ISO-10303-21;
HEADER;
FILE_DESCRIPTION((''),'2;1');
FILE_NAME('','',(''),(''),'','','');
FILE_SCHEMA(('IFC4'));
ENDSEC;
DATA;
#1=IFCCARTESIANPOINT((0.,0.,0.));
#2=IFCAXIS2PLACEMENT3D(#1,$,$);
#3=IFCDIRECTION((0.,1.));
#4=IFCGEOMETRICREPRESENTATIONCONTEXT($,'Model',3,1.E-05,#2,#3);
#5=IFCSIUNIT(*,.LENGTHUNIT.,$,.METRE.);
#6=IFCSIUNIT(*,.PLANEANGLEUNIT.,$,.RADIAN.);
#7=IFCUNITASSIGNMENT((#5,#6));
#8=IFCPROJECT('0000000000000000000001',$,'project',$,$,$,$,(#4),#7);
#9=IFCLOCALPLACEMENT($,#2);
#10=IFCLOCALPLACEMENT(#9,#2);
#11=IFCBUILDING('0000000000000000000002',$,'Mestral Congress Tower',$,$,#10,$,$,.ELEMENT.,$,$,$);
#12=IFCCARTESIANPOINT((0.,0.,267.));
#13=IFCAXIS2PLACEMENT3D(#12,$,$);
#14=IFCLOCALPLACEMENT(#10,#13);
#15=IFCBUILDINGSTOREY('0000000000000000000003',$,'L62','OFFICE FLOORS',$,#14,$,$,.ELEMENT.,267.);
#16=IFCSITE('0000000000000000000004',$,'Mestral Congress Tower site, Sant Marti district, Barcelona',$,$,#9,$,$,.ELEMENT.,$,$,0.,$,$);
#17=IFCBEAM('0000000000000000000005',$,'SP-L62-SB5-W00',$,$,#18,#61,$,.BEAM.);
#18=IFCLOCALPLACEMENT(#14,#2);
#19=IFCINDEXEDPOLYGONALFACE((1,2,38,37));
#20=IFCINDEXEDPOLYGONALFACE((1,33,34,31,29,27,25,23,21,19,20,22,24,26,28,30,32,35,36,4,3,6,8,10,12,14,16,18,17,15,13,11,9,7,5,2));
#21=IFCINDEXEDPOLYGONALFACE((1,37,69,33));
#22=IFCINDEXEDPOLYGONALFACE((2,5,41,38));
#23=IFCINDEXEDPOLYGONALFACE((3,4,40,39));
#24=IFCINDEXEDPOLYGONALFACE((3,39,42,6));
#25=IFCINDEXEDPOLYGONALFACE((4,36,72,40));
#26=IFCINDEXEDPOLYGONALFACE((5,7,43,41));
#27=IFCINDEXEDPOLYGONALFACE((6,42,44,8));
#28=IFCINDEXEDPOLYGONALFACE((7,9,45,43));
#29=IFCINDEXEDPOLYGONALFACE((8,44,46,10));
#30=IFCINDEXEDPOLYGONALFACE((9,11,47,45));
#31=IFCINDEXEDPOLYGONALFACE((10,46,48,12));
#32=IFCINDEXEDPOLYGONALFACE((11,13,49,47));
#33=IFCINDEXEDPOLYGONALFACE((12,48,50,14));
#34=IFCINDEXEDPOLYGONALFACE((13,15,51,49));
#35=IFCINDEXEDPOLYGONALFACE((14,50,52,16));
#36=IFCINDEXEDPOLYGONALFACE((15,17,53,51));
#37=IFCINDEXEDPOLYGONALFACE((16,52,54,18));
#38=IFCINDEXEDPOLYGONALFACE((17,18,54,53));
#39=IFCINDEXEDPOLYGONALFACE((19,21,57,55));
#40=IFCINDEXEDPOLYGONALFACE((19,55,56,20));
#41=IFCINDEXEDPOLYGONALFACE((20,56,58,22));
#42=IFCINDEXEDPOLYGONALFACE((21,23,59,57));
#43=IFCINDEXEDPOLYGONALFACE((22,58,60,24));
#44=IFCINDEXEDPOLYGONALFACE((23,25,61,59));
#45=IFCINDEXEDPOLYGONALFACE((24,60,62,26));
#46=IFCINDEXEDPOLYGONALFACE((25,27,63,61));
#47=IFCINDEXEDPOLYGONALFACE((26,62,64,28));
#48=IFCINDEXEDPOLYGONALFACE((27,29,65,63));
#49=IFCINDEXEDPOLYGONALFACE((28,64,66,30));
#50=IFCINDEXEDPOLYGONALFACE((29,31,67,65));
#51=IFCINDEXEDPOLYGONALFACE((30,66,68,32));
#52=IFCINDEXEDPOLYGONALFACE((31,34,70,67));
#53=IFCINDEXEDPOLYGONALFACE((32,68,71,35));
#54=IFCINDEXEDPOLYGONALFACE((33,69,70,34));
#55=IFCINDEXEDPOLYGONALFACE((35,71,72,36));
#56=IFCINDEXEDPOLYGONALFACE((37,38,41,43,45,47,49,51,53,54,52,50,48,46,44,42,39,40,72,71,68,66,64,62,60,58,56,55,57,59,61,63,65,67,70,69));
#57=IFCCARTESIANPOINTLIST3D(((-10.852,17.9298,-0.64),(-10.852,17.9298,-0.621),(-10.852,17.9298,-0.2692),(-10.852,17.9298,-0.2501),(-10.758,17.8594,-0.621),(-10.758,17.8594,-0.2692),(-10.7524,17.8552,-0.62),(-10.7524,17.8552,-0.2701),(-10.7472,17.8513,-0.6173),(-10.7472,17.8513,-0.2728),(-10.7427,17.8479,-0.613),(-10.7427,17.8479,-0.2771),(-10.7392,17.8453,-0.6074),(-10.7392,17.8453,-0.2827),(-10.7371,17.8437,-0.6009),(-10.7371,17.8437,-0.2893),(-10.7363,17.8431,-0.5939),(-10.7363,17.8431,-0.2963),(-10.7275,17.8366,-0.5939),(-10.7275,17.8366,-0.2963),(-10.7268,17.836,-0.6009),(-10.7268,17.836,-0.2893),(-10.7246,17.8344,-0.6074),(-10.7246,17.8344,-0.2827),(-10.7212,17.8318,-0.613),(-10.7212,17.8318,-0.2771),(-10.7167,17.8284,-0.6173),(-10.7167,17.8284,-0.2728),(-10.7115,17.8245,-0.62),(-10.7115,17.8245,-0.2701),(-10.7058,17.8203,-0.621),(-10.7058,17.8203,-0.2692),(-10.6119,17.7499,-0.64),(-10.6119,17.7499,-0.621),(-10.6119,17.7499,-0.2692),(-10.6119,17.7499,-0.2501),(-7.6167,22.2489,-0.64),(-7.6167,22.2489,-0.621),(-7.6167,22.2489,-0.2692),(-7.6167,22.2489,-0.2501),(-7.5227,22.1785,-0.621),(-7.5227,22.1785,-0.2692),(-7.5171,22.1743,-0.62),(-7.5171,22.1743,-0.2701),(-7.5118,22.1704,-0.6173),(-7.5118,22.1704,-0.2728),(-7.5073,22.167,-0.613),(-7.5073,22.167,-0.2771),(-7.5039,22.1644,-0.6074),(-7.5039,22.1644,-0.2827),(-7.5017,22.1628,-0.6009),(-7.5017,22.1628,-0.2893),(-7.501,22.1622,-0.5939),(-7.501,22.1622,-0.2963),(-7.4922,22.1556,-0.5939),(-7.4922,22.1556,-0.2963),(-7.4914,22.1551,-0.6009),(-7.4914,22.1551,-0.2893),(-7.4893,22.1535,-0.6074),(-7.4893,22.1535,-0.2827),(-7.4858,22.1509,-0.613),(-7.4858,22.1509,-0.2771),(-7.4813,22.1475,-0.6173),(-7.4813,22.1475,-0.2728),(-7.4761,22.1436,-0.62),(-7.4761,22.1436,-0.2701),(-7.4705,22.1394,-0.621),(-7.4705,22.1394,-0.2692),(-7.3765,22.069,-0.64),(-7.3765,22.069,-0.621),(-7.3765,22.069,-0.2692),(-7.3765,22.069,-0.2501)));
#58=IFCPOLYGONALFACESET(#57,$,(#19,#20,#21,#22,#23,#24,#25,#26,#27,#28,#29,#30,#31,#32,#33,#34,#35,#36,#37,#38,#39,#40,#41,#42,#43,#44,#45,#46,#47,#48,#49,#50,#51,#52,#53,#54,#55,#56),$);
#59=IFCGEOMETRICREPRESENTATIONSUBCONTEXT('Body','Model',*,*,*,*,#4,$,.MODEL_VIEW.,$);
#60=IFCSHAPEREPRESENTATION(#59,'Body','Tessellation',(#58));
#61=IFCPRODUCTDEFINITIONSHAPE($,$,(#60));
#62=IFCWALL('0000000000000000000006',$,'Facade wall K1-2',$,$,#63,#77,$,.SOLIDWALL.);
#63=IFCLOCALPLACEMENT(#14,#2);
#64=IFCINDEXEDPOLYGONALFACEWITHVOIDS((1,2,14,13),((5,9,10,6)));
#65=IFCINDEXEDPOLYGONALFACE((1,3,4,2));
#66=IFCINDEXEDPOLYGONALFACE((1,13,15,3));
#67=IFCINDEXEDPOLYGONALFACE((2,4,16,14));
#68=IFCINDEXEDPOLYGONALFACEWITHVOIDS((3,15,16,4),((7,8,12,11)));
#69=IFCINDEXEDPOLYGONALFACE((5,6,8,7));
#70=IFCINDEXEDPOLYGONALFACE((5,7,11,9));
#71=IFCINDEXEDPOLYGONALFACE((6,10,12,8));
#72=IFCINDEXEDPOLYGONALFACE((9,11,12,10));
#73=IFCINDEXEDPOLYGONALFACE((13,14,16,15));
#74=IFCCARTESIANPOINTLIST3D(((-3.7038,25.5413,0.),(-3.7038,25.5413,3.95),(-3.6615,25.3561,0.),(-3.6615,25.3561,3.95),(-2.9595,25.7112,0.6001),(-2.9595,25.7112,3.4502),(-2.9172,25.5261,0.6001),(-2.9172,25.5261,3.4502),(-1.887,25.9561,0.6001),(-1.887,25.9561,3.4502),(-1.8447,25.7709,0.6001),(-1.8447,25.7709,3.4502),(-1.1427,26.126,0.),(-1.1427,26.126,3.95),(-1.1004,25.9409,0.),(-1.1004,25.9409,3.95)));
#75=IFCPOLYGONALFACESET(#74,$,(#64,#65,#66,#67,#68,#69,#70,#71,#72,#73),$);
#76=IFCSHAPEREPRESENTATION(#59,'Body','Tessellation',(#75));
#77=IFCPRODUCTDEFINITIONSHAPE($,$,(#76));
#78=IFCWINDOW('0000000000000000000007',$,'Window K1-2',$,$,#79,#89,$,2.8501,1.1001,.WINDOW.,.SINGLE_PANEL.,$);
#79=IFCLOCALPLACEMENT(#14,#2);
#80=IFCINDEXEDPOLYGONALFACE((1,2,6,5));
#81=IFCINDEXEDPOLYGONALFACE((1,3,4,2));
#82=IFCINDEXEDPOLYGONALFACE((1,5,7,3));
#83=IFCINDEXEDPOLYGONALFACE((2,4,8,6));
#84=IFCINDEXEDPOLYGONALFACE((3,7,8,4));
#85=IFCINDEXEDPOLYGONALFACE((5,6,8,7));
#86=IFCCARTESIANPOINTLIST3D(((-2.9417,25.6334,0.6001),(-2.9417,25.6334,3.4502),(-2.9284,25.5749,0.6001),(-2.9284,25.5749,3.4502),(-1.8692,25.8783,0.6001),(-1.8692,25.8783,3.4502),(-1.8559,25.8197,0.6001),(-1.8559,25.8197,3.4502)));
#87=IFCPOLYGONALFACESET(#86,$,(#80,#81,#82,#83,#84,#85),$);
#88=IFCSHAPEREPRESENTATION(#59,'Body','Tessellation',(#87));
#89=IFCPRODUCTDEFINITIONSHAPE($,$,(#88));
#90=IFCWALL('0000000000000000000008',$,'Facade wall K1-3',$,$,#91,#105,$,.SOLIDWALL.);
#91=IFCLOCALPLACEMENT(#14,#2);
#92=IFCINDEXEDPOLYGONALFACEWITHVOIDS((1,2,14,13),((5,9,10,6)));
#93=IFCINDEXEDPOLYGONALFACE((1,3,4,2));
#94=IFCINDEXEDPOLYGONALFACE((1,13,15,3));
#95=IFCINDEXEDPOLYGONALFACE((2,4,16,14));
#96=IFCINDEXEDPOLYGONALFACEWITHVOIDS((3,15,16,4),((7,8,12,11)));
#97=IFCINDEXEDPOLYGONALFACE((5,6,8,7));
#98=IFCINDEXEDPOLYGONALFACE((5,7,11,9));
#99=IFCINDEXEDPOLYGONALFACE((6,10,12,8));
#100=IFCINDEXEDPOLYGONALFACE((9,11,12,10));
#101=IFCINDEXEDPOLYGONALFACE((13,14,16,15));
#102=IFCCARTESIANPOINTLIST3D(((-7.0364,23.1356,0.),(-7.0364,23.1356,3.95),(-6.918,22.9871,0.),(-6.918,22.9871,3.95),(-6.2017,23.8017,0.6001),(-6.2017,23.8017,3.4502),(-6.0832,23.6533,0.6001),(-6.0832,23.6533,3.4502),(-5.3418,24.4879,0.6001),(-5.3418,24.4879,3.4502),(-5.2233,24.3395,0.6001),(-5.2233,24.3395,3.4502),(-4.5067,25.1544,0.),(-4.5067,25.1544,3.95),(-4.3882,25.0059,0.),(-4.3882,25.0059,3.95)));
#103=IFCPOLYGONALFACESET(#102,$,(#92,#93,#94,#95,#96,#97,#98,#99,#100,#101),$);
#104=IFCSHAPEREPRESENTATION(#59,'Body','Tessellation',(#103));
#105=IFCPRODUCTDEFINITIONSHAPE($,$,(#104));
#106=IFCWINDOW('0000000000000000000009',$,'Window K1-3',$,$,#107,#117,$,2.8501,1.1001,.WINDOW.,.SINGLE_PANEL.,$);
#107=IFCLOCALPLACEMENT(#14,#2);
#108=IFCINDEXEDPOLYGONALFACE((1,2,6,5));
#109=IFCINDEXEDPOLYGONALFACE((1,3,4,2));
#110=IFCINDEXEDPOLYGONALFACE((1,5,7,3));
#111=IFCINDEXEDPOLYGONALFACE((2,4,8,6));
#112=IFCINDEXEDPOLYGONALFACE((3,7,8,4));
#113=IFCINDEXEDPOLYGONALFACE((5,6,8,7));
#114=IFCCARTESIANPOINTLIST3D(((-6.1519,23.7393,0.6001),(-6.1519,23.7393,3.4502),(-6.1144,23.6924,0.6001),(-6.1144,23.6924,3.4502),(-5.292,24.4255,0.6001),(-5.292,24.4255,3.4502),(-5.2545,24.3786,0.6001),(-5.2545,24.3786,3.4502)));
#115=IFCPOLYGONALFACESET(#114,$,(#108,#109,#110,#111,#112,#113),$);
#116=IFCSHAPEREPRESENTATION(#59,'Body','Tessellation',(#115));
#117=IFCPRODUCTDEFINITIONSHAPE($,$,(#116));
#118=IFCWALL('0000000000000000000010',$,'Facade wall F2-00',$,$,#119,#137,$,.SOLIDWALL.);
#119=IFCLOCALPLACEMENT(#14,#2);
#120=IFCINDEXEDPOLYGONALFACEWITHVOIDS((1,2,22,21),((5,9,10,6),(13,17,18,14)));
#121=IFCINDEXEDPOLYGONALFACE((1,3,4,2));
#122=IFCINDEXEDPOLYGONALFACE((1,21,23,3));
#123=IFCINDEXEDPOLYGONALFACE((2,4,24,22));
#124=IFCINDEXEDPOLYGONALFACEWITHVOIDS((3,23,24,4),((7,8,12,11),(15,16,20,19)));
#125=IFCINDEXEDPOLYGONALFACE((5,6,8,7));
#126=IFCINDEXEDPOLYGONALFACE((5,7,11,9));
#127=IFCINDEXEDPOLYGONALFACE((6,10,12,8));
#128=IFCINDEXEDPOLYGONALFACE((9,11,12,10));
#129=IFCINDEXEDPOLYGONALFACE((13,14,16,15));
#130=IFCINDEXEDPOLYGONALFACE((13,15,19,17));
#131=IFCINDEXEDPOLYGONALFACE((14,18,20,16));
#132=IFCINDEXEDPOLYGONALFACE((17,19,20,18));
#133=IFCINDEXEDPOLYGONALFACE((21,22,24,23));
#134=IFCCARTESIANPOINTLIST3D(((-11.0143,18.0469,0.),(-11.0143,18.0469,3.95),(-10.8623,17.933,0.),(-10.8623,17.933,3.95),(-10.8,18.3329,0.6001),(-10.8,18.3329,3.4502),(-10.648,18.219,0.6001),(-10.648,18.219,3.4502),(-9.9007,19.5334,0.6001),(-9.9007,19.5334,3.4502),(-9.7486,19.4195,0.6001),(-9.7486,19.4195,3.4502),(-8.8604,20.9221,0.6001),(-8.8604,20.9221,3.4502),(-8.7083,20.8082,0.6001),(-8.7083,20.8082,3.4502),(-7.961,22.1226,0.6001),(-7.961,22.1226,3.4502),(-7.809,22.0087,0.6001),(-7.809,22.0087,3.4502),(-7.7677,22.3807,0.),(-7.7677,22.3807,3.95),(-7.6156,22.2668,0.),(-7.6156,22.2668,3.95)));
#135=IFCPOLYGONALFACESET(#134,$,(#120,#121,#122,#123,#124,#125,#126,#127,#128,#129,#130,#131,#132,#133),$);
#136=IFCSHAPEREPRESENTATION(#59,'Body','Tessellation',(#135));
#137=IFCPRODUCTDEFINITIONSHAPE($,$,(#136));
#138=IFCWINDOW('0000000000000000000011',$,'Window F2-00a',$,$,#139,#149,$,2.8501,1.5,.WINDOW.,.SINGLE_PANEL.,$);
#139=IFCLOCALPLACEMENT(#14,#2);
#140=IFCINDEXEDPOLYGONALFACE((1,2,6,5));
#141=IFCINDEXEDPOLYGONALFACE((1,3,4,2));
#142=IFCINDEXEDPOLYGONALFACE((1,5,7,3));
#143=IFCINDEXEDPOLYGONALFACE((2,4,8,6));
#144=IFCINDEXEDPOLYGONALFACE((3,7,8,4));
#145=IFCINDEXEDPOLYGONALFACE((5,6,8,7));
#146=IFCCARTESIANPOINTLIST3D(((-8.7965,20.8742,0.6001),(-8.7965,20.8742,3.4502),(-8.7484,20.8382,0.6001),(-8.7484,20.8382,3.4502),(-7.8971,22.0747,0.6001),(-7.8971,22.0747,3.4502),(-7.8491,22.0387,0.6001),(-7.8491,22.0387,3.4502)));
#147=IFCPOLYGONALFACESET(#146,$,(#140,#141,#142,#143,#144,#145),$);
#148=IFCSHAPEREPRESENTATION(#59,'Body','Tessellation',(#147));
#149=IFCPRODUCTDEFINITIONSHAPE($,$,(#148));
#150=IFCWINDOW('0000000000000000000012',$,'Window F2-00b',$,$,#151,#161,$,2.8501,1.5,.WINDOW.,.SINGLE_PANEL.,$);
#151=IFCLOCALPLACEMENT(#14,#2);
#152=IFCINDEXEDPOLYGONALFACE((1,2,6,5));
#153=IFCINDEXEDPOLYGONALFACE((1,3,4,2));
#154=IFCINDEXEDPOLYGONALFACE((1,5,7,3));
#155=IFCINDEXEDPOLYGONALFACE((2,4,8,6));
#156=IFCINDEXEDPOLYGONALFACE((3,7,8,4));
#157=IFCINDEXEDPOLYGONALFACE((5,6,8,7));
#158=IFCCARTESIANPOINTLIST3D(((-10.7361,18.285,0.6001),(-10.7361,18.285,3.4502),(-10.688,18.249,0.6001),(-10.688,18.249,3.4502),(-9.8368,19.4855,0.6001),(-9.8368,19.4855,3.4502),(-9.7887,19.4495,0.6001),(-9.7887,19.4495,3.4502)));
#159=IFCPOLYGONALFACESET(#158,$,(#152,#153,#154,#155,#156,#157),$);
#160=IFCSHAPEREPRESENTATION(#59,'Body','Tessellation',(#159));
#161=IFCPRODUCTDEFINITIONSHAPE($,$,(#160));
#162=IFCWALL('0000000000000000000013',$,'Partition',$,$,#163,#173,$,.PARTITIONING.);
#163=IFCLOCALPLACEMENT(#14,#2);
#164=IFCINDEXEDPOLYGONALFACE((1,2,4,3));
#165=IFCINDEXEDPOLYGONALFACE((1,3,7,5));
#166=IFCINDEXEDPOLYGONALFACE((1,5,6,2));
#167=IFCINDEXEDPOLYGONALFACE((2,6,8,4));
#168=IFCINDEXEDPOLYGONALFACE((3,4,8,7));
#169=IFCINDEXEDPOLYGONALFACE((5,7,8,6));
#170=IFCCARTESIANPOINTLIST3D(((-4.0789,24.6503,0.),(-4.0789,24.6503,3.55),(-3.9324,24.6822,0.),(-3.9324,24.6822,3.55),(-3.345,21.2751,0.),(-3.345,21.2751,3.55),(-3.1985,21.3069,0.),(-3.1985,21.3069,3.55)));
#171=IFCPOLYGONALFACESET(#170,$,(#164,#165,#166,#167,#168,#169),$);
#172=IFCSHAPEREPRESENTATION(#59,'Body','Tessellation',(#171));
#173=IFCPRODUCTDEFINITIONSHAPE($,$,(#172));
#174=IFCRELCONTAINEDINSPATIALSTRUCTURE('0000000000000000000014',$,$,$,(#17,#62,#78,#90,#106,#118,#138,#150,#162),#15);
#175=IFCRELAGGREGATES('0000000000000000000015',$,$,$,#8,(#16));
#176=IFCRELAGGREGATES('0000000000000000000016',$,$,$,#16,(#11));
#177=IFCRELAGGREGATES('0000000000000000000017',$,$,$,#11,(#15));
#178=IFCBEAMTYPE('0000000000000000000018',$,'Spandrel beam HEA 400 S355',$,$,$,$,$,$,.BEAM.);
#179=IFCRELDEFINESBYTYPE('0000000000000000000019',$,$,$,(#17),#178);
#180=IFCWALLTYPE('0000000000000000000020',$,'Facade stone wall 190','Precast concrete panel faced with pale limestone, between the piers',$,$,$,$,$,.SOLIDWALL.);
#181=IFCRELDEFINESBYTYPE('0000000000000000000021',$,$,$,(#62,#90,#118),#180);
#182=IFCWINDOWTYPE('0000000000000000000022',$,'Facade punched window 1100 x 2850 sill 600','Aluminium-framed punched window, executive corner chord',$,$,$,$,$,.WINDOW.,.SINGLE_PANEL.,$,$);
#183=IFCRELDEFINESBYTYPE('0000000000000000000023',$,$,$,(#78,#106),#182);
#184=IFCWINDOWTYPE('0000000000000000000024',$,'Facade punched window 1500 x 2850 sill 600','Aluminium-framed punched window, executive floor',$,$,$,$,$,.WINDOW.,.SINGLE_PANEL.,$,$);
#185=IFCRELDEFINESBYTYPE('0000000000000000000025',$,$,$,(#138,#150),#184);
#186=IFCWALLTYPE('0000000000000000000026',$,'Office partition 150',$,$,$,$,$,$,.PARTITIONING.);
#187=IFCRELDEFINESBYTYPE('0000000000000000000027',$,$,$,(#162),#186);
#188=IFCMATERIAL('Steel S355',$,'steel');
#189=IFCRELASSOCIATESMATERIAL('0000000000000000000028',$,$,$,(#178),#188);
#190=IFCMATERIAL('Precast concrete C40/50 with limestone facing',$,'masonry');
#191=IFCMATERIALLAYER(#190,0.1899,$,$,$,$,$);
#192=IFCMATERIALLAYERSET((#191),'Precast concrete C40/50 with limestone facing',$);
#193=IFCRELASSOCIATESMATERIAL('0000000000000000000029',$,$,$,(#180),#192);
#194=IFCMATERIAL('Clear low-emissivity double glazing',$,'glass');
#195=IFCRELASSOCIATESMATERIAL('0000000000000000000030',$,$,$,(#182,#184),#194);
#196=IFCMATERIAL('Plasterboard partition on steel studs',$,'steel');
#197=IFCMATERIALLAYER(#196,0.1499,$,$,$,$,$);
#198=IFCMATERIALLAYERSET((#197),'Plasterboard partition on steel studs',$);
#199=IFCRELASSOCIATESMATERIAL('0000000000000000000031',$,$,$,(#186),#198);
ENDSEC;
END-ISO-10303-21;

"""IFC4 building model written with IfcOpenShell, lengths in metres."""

from ifc_helpers import new_model, si_unit, direction, frame, frame_2d, origin, origin_2d, place, context, subcontext, project, spatial, rectangle, i_section, extrude, material, layer, layer_set, material_profile, profile_set, type_object, element, fill, save


model = new_model("IFC4")

# Units and contexts
model_context = context("Model", 3, precision=1e-05, world=origin(), true_north=direction((0.0, 1.0)))
body_context = subcontext(model_context, "Body", "Model", "MODEL_VIEW")
ifc_project = project(units=[si_unit("LENGTHUNIT", "METRE"), si_unit("PLANEANGLEUNIT", "RADIAN")], contexts=[model_context])

# Site, building, storey
site_placement = place(None, origin())
site = spatial("IfcSite", under=ifc_project, at=site_placement, Name="Mestral Congress Tower site, Sant Marti district, Barcelona", CompositionType="ELEMENT", RefElevation=0.0)
building_placement = place(site_placement, origin())
building = spatial("IfcBuilding", under=site, at=building_placement, Name="Mestral Congress Tower", CompositionType="ELEMENT")
storey_placement = place(building_placement, frame((0.0, 0.0, 267.0)))
storey = spatial("IfcBuildingStorey", under=building, at=storey_placement, Name="L62", Description="OFFICE FLOORS", CompositionType="ELEMENT", Elevation=267.0)

# Beam
ifc_material_1 = material(Name="Steel S355", Category="steel")
ifc_material_profile_1 = material_profile(ifc_material_1, i_section(OverallWidth=0.3, OverallDepth=0.3899, WebThickness=0.011, FlangeThickness=0.019, FilletRadius=0.0271, at=origin_2d()), Name="HEA 400")
ifc_profile_set_1 = profile_set([ifc_material_profile_1], Name="Steel S355")
beam_type_1 = type_object("IfcBeamType", Name="Spandrel beam HEA 400 S355", PredefinedType="BEAM", material=ifc_profile_set_1)
beam_1_placement = place(storey_placement, frame((-7.4966, 22.1589, -0.4451), z_axis=(-0.599529, -0.800353, 0.0), x_axis=(0.800353, -0.599529, 0.0)))
element("IfcBeam", 1, at=beam_1_placement, inside=storey, type_object=beam_type_1, Name="SP-L62-SB5-W00", PredefinedType="BEAM", context=body_context, shape_type="SweptSolid", body=[
    extrude(i_section(OverallWidth=0.3, OverallDepth=0.3899, WebThickness=0.011, FlangeThickness=0.019, FilletRadius=0.0271, at=origin_2d()), origin(), (0.0, 0.0, 1.0), 5.3965),
])

# Walls, openings, windows
ifc_material_2 = material(Name="Precast concrete C40/50 with limestone facing", Category="masonry")
ifc_layer_1 = layer(ifc_material_2, 0.1899)
ifc_layer_set_1 = layer_set([ifc_layer_1], Name="Precast concrete C40/50 with limestone facing")
wall_type_1 = type_object("IfcWallType", Name="Facade stone wall 190", Description="Precast concrete panel faced with pale limestone, between the piers", PredefinedType="SOLIDWALL", material=ifc_layer_set_1)
wall_1_placement = place(storey_placement, frame((-1.1216, 26.0334, 0.0), z_axis=(0.0, 0.0, 1.0), x_axis=(-0.974913, -0.222585, 0.0)))
wall_1 = element("IfcWall", 2, at=wall_1_placement, inside=storey, type_object=wall_type_1, Name="Facade wall K1-2", PredefinedType="SOLIDWALL", context=body_context, shape_type="SweptSolid", body=[
    extrude(rectangle(XDim=2.627, YDim=0.1899, at=frame_2d((1.3135, 0.0))), origin(), (0.0, 0.0, 1.0), 3.95),
])
opening_1_placement = place(wall_1_placement, frame((0.7634, 0.0, 0.6001)))
opening_1 = element("IfcOpeningElement", 3, at=opening_1_placement, cuts=wall_1, PredefinedType="OPENING", context=body_context, shape_type="SweptSolid", body=[
    extrude(rectangle(XDim=1.1001, YDim=2.8501, at=frame_2d((0.55, 1.425))), frame((0.0, 0.105, 0.0), z_axis=(0.0, -1.0, 0.0), x_axis=(1.0, 0.0, 0.0)), (0.0, 0.0, 1.0), 0.21),
])
ifc_material_3 = material(Name="Clear low-emissivity double glazing", Category="glass")
window_type_1 = type_object("IfcWindowType", Name="Facade punched window 1100 x 2850 sill 600", Description="Aluminium-framed punched window, executive corner chord", PartitioningType="SINGLE_PANEL", PredefinedType="WINDOW", material=ifc_material_3)
window_1_placement = place(opening_1_placement, origin())
window_1 = element("IfcWindow", 4, at=window_1_placement, inside=storey, type_object=window_type_1, Name="Window K1-2", OverallHeight=2.8501, OverallWidth=1.1001, PartitioningType="SINGLE_PANEL", PredefinedType="WINDOW", context=body_context, shape_type="SweptSolid", body=[
    extrude(rectangle(XDim=1.1001, YDim=2.8501, at=frame_2d((0.55, 1.425))), frame((0.0, 0.0449, 0.0), z_axis=(0.0, -1.0, 0.0), x_axis=(1.0, 0.0, 0.0)), (0.0, 0.0, 1.0), 0.0601),
])
fill(opening_1, window_1)
wall_2_placement = place(storey_placement, frame((-4.4475, 25.0801, 0.0), z_axis=(0.0, 0.0, 1.0), x_axis=(-0.781626, -0.623747, 0.0)))
wall_2 = element("IfcWall", 5, at=wall_2_placement, inside=storey, type_object=wall_type_1, Name="Facade wall K1-3", PredefinedType="SOLIDWALL", context=body_context, shape_type="SweptSolid", body=[
    extrude(rectangle(XDim=3.2366, YDim=0.1899, at=frame_2d((1.6182, 0.0))), origin(), (0.0, 0.0, 1.0), 3.95),
])
opening_2_placement = place(wall_2_placement, frame((1.0684, 0.0, 0.6001)))
opening_2 = element("IfcOpeningElement", 6, at=opening_2_placement, cuts=wall_2, PredefinedType="OPENING", context=body_context, shape_type="SweptSolid", body=[
    extrude(rectangle(XDim=1.1001, YDim=2.8501, at=frame_2d((0.55, 1.425))), frame((0.0, 0.105, 0.0), z_axis=(0.0, -1.0, 0.0), x_axis=(1.0, 0.0, 0.0)), (0.0, 0.0, 1.0), 0.21),
])
window_2_placement = place(opening_2_placement, origin())
window_2 = element("IfcWindow", 7, at=window_2_placement, inside=storey, type_object=window_type_1, Name="Window K1-3", OverallHeight=2.8501, OverallWidth=1.1001, PartitioningType="SINGLE_PANEL", PredefinedType="WINDOW", context=body_context, shape_type="SweptSolid", body=[
    extrude(rectangle(XDim=1.1001, YDim=2.8501, at=frame_2d((0.55, 1.425))), frame((0.0, 0.0449, 0.0), z_axis=(0.0, -1.0, 0.0), x_axis=(1.0, 0.0, 0.0)), (0.0, 0.0, 1.0), 0.0601),
])
fill(opening_2, window_2)

# Wall, openings, windows
wall_3_placement = place(storey_placement, frame((-7.6917, 22.3237, 0.0), z_axis=(0.0, 0.0, 1.0), x_axis=(-0.59956, -0.80033, 0.0)))
wall_3 = element("IfcWall", 8, at=wall_3_placement, inside=storey, type_object=wall_type_1, Name="Facade wall F2-00", PredefinedType="SOLIDWALL", context=body_context, shape_type="SweptSolid", body=[
    extrude(rectangle(XDim=5.415, YDim=0.1899, at=frame_2d((2.7075, 0.0))), origin(), (0.0, 0.0, 1.0), 3.95),
])
opening_3_placement = place(wall_3_placement, frame((0.3225, 0.0, 0.6001)))
opening_3 = element("IfcOpeningElement", 9, at=opening_3_placement, cuts=wall_3, PredefinedType="OPENING", context=body_context, shape_type="SweptSolid", body=[
    extrude(rectangle(XDim=1.5, YDim=2.8501, at=frame_2d((0.75, 1.425))), frame((0.0, 0.105, 0.0), z_axis=(0.0, -1.0, 0.0), x_axis=(1.0, 0.0, 0.0)), (0.0, 0.0, 1.0), 0.21),
])
opening_4_placement = place(wall_3_placement, frame((3.5576, 0.0, 0.6001)))
opening_4 = element("IfcOpeningElement", 10, at=opening_4_placement, cuts=wall_3, PredefinedType="OPENING", context=body_context, shape_type="SweptSolid", body=[
    extrude(rectangle(XDim=1.5, YDim=2.8501, at=frame_2d((0.75, 1.425))), frame((0.0, 0.105, 0.0), z_axis=(0.0, -1.0, 0.0), x_axis=(1.0, 0.0, 0.0)), (0.0, 0.0, 1.0), 0.21),
])
window_type_2 = type_object("IfcWindowType", Name="Facade punched window 1500 x 2850 sill 600", Description="Aluminium-framed punched window, executive floor", PartitioningType="SINGLE_PANEL", PredefinedType="WINDOW", material=ifc_material_3)
window_3_placement = place(opening_3_placement, origin())
window_3 = element("IfcWindow", 11, at=window_3_placement, inside=storey, type_object=window_type_2, Name="Window F2-00a", OverallHeight=2.8501, OverallWidth=1.5, PartitioningType="SINGLE_PANEL", PredefinedType="WINDOW", context=body_context, shape_type="SweptSolid", body=[
    extrude(rectangle(XDim=1.5, YDim=2.8501, at=frame_2d((0.75, 1.425))), frame((0.0, 0.0449, 0.0), z_axis=(0.0, -1.0, 0.0), x_axis=(1.0, 0.0, 0.0)), (0.0, 0.0, 1.0), 0.0601),
])
fill(opening_3, window_3)
window_4_placement = place(opening_4_placement, origin())
window_4 = element("IfcWindow", 12, at=window_4_placement, inside=storey, type_object=window_type_2, Name="Window F2-00b", OverallHeight=2.8501, OverallWidth=1.5, PartitioningType="SINGLE_PANEL", PredefinedType="WINDOW", context=body_context, shape_type="SweptSolid", body=[
    extrude(rectangle(XDim=1.5, YDim=2.8501, at=frame_2d((0.75, 1.425))), frame((0.0, 0.0449, 0.0), z_axis=(0.0, -1.0, 0.0), x_axis=(1.0, 0.0, 0.0)), (0.0, 0.0, 1.0), 0.0601),
])
fill(opening_4, window_4)

# Wall
ifc_material_4 = material(Name="Plasterboard partition on steel studs", Category="steel")
ifc_layer_2 = layer(ifc_material_4, 0.1499)
ifc_layer_set_2 = layer_set([ifc_layer_2], Name="Plasterboard partition on steel studs")
wall_type_2 = type_object("IfcWallType", Name="Office partition 150", PredefinedType="PARTITIONING", material=ifc_layer_set_2)
wall_4_placement = place(storey_placement, frame((-3.2717, 21.291, 0.0), z_axis=(0.0, 0.0, 1.0), x_axis=(-0.212468, 0.977168, 0.0)))
element("IfcWall", 13, at=wall_4_placement, inside=storey, type_object=wall_type_2, Name="Partition", PredefinedType="PARTITIONING", context=body_context, shape_type="SweptSolid", body=[
    extrude(rectangle(XDim=3.4541, YDim=0.1499, at=frame_2d((1.7271, 0.0))), origin(), (0.0, 0.0, 1.0), 3.55),
])

save(model, "model.ifc")
